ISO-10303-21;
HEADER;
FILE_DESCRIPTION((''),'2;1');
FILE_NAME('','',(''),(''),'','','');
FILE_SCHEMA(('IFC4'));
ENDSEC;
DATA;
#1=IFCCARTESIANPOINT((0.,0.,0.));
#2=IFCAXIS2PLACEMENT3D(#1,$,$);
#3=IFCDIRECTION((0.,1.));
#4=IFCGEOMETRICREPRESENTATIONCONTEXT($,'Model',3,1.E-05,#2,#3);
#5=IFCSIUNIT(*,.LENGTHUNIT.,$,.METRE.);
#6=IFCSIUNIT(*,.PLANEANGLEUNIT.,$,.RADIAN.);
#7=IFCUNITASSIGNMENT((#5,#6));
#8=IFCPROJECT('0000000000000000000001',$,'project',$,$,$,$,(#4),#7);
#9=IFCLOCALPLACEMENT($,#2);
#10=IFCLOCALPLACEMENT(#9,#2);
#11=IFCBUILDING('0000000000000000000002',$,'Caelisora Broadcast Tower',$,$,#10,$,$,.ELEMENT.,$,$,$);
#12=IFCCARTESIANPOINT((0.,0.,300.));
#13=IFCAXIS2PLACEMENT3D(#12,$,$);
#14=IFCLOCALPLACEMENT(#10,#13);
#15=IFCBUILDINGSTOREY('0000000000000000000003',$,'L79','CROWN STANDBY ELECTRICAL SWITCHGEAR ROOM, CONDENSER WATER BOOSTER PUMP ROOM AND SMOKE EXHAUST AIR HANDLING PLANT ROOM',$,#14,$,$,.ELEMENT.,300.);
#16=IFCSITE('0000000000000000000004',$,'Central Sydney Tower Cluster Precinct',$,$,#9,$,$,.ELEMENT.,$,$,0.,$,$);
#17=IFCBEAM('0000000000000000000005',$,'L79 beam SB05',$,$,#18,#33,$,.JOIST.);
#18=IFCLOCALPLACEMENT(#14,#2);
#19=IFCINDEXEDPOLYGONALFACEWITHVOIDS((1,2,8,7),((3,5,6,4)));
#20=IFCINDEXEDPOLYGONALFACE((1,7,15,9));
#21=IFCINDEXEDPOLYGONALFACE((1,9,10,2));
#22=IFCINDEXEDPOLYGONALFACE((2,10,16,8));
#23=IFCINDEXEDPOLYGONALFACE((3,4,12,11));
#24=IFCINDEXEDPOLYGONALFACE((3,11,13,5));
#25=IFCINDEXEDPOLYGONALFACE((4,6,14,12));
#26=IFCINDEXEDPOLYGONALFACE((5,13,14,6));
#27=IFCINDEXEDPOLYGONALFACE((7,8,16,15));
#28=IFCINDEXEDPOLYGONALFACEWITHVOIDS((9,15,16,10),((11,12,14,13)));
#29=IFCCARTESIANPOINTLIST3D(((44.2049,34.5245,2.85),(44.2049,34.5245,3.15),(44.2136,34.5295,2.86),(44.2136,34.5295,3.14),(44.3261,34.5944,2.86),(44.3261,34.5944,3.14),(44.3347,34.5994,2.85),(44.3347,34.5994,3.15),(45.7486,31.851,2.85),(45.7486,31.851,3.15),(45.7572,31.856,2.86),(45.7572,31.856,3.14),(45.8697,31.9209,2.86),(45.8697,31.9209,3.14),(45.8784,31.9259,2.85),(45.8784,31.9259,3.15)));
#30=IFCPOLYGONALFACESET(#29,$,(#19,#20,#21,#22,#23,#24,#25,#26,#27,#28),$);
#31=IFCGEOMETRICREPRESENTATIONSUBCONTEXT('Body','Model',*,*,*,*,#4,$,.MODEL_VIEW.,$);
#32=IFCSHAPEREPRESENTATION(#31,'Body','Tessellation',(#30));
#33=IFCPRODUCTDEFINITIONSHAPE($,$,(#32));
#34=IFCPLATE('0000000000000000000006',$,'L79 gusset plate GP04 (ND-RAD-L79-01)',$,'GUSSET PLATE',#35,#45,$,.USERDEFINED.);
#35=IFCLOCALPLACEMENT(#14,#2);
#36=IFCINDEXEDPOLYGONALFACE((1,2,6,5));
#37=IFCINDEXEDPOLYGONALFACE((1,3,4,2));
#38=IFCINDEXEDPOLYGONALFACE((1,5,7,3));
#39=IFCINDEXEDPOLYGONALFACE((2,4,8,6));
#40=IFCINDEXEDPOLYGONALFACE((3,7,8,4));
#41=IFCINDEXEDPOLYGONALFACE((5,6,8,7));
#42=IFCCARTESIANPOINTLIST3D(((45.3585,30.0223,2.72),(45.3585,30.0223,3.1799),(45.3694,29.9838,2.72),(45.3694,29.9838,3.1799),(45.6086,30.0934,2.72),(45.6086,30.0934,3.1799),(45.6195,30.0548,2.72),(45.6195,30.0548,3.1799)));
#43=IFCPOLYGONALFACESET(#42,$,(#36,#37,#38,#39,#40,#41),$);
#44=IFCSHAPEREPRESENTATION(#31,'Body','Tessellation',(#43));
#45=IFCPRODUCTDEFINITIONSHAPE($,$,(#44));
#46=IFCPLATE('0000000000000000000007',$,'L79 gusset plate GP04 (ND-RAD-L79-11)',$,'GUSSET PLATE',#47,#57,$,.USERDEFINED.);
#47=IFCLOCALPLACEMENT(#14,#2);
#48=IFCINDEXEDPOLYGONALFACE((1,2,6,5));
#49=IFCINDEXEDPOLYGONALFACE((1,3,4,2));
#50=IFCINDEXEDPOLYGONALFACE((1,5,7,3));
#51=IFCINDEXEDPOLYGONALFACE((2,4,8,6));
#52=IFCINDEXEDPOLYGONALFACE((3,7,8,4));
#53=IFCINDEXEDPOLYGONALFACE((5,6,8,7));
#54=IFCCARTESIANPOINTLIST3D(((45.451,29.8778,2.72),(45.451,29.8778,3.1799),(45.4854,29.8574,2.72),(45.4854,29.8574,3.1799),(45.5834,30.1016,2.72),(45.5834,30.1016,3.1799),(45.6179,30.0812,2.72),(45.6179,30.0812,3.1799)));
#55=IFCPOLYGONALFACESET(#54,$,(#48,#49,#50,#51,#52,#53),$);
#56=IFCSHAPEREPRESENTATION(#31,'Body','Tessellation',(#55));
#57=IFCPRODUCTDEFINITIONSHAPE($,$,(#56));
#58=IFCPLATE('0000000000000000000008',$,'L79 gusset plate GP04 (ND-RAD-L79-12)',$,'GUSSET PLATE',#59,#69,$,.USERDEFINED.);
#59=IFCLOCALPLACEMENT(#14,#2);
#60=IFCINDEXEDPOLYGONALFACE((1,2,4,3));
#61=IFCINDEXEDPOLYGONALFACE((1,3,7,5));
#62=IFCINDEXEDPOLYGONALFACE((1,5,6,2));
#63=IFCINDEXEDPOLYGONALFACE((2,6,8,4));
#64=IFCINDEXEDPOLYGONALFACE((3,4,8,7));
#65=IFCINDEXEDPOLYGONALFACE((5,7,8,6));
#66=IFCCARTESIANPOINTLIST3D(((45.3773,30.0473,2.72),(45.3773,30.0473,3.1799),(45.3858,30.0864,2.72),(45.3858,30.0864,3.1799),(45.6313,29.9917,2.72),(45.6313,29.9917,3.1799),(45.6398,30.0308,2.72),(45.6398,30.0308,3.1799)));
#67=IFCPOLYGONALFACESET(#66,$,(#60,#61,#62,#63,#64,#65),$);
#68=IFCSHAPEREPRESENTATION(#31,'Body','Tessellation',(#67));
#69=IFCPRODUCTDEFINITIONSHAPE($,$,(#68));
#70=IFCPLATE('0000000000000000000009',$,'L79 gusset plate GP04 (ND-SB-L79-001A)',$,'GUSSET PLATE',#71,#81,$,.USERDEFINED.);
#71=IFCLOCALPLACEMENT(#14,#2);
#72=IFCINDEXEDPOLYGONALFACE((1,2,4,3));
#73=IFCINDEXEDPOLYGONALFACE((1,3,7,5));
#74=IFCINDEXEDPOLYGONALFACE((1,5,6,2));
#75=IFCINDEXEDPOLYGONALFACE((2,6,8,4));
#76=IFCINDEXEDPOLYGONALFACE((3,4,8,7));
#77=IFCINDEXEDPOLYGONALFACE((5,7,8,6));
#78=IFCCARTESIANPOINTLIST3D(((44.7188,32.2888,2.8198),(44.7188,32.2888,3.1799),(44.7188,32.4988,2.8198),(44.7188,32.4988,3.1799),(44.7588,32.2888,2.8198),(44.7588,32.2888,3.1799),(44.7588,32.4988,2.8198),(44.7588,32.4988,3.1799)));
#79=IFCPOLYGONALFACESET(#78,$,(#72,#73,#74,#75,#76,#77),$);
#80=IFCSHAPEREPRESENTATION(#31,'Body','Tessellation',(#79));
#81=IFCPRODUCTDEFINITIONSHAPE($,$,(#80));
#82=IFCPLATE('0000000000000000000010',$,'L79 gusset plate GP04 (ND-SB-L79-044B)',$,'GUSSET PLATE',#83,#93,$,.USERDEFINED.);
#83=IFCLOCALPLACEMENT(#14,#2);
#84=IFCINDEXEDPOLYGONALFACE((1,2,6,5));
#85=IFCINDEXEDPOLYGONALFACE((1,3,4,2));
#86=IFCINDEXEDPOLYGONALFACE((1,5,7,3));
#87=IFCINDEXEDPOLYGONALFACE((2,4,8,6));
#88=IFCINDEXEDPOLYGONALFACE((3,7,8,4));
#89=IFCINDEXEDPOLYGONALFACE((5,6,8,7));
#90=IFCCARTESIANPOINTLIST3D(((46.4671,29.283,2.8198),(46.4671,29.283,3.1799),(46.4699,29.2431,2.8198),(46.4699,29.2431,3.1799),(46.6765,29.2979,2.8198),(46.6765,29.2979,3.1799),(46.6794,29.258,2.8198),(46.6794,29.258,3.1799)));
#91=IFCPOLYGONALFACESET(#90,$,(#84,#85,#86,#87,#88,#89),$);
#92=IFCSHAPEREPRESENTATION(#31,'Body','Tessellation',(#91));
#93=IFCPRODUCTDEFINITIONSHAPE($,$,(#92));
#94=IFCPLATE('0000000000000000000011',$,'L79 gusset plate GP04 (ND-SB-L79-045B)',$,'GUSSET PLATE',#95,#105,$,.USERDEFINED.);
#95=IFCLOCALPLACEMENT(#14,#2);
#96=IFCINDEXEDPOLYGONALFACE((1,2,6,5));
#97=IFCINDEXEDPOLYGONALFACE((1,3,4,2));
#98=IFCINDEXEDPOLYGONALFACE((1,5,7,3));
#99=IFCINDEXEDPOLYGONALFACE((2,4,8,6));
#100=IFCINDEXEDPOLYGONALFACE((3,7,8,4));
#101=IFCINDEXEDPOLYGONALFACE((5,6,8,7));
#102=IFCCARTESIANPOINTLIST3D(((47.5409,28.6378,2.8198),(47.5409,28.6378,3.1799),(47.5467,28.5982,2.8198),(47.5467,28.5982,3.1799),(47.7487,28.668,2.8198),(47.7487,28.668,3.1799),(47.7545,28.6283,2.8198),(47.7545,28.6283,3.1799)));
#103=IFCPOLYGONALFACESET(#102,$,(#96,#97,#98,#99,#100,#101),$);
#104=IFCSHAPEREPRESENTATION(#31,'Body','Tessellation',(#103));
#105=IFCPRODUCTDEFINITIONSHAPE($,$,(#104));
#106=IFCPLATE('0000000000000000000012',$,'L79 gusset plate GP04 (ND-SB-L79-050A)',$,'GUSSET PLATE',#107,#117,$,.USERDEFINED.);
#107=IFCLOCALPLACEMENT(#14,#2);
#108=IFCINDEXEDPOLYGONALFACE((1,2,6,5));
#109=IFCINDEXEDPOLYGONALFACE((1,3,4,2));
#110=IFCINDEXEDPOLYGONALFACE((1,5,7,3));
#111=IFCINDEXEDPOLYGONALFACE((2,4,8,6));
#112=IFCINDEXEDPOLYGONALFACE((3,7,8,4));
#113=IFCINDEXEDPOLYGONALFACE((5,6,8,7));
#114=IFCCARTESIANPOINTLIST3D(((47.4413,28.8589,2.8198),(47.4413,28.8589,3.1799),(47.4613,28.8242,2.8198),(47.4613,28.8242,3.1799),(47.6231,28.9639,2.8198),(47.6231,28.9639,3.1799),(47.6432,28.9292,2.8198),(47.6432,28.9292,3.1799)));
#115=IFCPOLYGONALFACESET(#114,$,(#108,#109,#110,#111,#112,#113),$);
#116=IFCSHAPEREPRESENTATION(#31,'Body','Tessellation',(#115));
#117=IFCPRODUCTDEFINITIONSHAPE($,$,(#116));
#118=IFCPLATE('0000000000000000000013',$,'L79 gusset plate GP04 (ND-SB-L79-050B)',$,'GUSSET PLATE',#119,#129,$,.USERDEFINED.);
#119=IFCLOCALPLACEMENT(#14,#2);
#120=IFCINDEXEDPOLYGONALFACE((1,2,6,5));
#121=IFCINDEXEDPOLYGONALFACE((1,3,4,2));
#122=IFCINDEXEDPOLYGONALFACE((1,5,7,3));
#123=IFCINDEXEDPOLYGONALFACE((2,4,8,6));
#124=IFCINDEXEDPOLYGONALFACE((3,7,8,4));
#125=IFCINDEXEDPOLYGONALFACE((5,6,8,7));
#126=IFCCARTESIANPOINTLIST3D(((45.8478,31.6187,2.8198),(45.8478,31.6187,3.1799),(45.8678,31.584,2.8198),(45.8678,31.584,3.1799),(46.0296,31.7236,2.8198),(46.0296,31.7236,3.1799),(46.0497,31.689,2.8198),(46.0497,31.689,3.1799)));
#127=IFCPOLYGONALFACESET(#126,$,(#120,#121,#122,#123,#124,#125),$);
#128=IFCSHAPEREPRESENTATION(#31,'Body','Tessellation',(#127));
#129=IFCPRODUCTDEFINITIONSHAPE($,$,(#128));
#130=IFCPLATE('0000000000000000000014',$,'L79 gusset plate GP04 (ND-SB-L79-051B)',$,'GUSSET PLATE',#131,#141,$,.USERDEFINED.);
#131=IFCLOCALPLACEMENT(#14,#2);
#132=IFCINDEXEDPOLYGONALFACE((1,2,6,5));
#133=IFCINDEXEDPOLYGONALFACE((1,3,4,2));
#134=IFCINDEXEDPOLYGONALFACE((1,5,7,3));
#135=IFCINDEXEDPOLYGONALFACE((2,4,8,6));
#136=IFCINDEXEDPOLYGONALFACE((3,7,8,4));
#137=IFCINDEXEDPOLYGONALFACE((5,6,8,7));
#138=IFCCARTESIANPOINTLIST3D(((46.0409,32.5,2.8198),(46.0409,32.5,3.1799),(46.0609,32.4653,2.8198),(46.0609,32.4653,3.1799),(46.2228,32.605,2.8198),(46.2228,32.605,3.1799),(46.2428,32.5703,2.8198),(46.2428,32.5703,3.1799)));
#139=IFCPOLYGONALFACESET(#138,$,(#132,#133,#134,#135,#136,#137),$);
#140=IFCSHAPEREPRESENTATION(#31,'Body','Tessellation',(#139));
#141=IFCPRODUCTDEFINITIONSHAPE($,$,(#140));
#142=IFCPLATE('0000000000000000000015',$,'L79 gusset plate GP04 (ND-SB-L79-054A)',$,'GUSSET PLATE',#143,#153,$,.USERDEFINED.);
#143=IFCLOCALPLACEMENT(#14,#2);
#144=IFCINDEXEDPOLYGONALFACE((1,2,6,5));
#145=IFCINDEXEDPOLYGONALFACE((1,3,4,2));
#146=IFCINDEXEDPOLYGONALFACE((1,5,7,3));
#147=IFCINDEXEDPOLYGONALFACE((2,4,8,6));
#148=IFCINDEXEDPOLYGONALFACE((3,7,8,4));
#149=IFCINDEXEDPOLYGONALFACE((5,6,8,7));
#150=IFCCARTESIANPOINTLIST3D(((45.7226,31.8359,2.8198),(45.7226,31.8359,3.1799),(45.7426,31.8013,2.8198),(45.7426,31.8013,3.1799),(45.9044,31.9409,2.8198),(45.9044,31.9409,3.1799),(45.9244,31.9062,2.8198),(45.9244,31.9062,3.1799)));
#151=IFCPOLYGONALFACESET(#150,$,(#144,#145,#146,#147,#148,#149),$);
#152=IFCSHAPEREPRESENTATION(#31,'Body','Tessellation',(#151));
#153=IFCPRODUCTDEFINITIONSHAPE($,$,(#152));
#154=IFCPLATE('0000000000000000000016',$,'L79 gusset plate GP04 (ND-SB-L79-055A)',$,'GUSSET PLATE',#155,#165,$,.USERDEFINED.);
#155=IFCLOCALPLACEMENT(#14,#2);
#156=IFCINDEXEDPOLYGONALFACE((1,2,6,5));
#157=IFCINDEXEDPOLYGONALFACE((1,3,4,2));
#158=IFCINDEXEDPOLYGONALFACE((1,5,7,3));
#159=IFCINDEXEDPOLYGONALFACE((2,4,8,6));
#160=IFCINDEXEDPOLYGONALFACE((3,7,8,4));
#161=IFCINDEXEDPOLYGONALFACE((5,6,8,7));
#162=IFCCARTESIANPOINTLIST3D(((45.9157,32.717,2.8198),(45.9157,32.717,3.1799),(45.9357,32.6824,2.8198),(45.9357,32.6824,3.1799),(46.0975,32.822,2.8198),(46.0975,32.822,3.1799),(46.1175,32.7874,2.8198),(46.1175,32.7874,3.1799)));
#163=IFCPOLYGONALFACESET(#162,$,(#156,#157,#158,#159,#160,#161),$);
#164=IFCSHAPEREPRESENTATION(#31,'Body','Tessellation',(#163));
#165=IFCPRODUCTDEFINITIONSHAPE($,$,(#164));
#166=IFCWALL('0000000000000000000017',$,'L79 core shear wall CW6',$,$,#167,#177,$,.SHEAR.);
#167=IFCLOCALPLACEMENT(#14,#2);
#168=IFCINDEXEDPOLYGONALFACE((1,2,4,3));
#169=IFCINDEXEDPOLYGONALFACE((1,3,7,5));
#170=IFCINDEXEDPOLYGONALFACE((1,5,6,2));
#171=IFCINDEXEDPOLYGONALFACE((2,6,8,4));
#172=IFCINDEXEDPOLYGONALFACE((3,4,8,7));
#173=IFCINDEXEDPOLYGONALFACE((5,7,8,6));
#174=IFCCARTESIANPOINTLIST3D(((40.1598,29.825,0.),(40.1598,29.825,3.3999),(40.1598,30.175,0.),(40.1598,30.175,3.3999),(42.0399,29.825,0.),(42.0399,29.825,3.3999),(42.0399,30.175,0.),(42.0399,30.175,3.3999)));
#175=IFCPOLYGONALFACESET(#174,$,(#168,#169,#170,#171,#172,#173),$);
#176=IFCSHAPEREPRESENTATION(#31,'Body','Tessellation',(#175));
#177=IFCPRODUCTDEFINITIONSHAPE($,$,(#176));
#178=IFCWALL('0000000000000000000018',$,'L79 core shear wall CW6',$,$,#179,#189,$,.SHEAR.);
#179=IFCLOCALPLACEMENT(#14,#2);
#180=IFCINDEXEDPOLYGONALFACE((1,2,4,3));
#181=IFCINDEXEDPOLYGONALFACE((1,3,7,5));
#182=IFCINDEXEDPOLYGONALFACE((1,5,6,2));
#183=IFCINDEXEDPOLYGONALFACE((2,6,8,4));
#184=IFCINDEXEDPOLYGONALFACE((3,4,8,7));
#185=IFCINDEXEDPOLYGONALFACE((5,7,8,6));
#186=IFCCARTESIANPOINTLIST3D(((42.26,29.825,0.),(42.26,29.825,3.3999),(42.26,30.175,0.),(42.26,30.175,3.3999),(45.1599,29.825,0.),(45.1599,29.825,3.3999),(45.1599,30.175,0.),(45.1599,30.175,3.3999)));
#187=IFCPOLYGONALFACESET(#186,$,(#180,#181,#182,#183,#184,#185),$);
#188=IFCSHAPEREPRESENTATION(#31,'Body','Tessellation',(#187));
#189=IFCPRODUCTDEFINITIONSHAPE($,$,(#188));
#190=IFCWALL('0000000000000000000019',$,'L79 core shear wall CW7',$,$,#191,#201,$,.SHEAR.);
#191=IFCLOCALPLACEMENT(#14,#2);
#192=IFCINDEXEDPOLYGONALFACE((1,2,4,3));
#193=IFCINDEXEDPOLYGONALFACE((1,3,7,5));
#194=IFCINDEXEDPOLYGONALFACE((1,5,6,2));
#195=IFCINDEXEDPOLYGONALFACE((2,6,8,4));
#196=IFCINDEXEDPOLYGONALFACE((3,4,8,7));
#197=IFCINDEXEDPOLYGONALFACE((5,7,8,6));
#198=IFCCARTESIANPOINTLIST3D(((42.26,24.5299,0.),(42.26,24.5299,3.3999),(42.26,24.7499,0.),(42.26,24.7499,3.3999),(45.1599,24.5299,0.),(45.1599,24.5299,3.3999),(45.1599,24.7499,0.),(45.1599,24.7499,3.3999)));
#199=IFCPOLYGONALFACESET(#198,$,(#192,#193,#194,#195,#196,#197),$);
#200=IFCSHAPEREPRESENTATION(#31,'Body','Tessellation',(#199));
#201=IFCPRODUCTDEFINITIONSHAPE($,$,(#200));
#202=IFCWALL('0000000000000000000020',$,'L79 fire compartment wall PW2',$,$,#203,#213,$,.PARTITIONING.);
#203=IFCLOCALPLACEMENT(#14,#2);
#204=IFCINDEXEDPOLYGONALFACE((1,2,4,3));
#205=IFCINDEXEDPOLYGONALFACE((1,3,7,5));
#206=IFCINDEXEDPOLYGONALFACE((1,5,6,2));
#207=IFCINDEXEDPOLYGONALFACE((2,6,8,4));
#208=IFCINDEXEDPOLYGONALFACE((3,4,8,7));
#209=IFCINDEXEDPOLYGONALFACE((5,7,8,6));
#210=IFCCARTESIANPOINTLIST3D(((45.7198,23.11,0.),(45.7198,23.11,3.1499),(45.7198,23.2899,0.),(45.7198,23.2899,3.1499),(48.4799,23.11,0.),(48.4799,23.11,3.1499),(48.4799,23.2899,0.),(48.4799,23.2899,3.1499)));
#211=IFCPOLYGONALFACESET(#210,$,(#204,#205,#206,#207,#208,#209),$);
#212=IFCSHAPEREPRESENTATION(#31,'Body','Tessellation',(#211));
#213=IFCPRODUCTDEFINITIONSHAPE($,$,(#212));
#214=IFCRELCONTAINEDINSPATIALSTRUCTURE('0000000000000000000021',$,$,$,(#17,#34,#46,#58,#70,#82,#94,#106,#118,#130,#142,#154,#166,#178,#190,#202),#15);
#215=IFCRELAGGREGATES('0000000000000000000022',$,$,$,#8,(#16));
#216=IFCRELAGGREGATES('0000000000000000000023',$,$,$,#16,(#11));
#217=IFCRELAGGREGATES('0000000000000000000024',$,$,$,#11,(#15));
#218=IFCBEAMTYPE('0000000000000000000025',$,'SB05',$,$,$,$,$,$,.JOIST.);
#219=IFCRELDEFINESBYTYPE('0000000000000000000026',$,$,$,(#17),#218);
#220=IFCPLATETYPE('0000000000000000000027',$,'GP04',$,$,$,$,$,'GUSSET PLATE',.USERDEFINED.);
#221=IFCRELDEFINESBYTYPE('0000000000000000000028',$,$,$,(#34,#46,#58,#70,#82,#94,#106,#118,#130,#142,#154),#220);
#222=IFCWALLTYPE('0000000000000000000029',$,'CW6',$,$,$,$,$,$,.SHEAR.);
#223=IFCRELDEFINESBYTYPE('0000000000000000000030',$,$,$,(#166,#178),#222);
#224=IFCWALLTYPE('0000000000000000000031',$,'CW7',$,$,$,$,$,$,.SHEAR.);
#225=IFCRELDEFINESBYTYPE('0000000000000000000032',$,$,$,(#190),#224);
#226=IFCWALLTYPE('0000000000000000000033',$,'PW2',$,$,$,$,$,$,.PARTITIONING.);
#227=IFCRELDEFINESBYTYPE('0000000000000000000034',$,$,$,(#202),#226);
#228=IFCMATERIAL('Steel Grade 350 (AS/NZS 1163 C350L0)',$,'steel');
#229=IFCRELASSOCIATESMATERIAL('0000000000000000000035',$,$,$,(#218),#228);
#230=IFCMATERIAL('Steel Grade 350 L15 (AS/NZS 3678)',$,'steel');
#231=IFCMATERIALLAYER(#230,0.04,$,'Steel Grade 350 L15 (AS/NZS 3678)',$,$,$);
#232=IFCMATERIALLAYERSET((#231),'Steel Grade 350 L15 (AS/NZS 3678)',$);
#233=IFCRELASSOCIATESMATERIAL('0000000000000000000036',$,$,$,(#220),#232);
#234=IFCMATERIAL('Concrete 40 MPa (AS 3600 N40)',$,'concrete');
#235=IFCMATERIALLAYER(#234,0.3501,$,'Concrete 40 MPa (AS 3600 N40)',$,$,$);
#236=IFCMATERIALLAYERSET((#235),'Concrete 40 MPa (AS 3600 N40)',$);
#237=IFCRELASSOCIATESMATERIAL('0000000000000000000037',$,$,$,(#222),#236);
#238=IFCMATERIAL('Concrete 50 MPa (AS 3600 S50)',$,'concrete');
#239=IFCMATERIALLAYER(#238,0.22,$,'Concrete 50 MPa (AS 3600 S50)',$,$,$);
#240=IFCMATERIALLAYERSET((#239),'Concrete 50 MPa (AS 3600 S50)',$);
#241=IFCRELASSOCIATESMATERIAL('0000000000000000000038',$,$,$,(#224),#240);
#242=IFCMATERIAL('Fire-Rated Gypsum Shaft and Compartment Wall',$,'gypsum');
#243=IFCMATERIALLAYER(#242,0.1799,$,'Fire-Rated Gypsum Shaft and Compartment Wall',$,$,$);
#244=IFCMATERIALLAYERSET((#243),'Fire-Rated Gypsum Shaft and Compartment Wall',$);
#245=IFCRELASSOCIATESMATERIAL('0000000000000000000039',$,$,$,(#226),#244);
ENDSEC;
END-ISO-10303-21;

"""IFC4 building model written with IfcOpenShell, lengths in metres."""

from ifc_helpers import new_model, si_unit, direction, frame, frame_2d, origin, origin_2d, place, context, subcontext, project, spatial, rectangle, hollow_rectangle, extrude, source, transform, mapped, material, layer, layer_set, material_profile, profile_set, type_object, type_shapes, element, save


model = new_model("IFC4")

# Units and contexts
model_context = context("Model", 3, precision=1e-05, world=origin(), true_north=direction((0.0, 1.0)))
body_context = subcontext(model_context, "Body", "Model", "MODEL_VIEW")
ifc_project = project(units=[si_unit("LENGTHUNIT", "METRE"), si_unit("PLANEANGLEUNIT", "RADIAN")], contexts=[model_context])

# Site, building, storey
site_placement = place(None, origin())
site = spatial("IfcSite", under=ifc_project, at=site_placement, Name="Central Sydney Tower Cluster Precinct", CompositionType="ELEMENT", RefElevation=0.0)
building_placement = place(site_placement, origin())
building = spatial("IfcBuilding", under=site, at=building_placement, Name="Caelisora Broadcast Tower", CompositionType="ELEMENT")
storey_placement = place(building_placement, frame((0.0, 0.0, 300.0)))
storey = spatial("IfcBuildingStorey", under=building, at=storey_placement, Name="L79", Description="CROWN STANDBY ELECTRICAL SWITCHGEAR ROOM, CONDENSER WATER BOOSTER PUMP ROOM AND SMOKE EXHAUST AIR HANDLING PLANT ROOM", CompositionType="ELEMENT", Elevation=300.0)

# Shared definitions
ifc_material_1 = material(Name="Steel Grade 350 (AS/NZS 1163 C350L0)", Category="steel")

# Beam
ifc_material_profile_1 = material_profile(ifc_material_1, hollow_rectangle(XDim=0.1499, YDim=0.3, WallThickness=0.01, at=origin_2d()), Name="Steel Grade 350 (AS/NZS 1163 C350L0)")
ifc_profile_set_1 = profile_set([ifc_material_profile_1], Name="Steel Grade 350 (AS/NZS 1163 C350L0)")
beam_type_1 = type_object("IfcBeamType", Name="SB05", PredefinedType="JOIST", material=ifc_profile_set_1)
ifc_material_2 = material(Name="Concrete 50 MPa (AS 3600 S50)", Category="concrete")
shared_shape_1 = source(origin(), body_context, "Body", "SweptSolid", [
    extrude(hollow_rectangle(XDim=0.1499, YDim=0.3, WallThickness=0.01, at=origin_2d()), origin(), (0.0, 0.0, 1.0), 3.0872),
])
beam_1_placement = place(storey_placement, frame((45.8135, 31.8884, 3.0), z_axis=(-0.500026, 0.86601, 0.0), x_axis=(-0.86601, -0.500026, 0.0)))
element("IfcBeam", 1, at=beam_1_placement, inside=storey, type_object=beam_type_1, Name="L79 beam SB05", PredefinedType="JOIST", context=body_context, shape_type="MappedRepresentation", body=[
    mapped(shared_shape_1, transform((0.0, 0.0, 0.0), scale=1.0)),
])

# Plates
ifc_material_3 = material(Name="Steel Grade 350 L15 (AS/NZS 3678)", Category="steel")
ifc_layer_1 = layer(ifc_material_3, 0.04, Name="Steel Grade 350 L15 (AS/NZS 3678)")
ifc_layer_set_1 = layer_set([ifc_layer_1], Name="Steel Grade 350 L15 (AS/NZS 3678)")
plate_type = type_object("IfcPlateType", Name="GP04", ElementType="GUSSET PLATE", PredefinedType="USERDEFINED", material=ifc_layer_set_1)
shared_shape_2 = source(origin(), body_context, "Body", "SweptSolid", [
    extrude(rectangle(XDim=0.26, YDim=0.04, at=origin_2d()), origin(), (0.0, 0.0, 1.0), 0.46),
])
for number, where, z_axis, x_axis, name in (
    (2, (45.489, 30.0386, 2.72), (0.0, 0.0, 1.0), (-0.961932, -0.273288, 0.0), "L79 gusset plate GP04 (ND-RAD-L79-01)"),
    (3, (45.5344, 29.9795, 2.72), (0.0, 0.0, 1.0), (0.509492, 0.860475, 0.0), "L79 gusset plate GP04 (ND-RAD-L79-11)"),
    (4, (45.5085, 30.0391, 2.72), (0.0, 0.0, 1.0), (-0.976822, 0.214053, 0.0), "L79 gusset plate GP04 (ND-RAD-L79-12)"),
):
    element("IfcPlate", number, at=place(storey_placement, frame(where, z_axis=z_axis, x_axis=x_axis)), inside=storey, type_object=plate_type, Name=name, ObjectType="GUSSET PLATE", PredefinedType="USERDEFINED", context=body_context, shape_type="MappedRepresentation", body=[
        mapped(shared_shape_2, transform((0.0, 0.0, 0.0), scale=1.0)),
    ])
shared_shape_3 = source(origin(), body_context, "Body", "SweptSolid", [
    extrude(rectangle(XDim=0.21, YDim=0.04, at=origin_2d()), origin(), (0.0, 0.0, 1.0), 0.3601),
])
type_shapes(plate_type, [shared_shape_2, shared_shape_3])
for number, where, z_axis, x_axis, name in (
    (5, (44.7388, 32.3938, 2.8198), (0.0, 0.0, 1.0), (0.0, -1.0, 0.0), "L79 gusset plate GP04 (ND-SB-L79-001A)"),
    (6, (46.5732, 29.2705, 2.8198), (0.0, 0.0, 1.0), (-0.99749, -0.070801, 0.0), "L79 gusset plate GP04 (ND-SB-L79-044B)"),
    (7, (47.6477, 28.6331, 2.8198), (0.0, 0.0, 1.0), (-0.989626, -0.143665, 0.0), "L79 gusset plate GP04 (ND-SB-L79-045B)"),
    (8, (47.5422, 28.894, 2.8198), (0.0, 0.0, 1.0), (-0.866025, -0.5, 0.0), "L79 gusset plate GP04 (ND-SB-L79-050A)"),
    (9, (45.9487, 31.6538, 2.8198), (0.0, 0.0, 1.0), (-0.866025, -0.5, 0.0), "L79 gusset plate GP04 (ND-SB-L79-050B)"),
    (10, (46.1418, 32.5352, 2.8198), (0.0, 0.0, 1.0), (-0.866025, -0.5, 0.0), "L79 gusset plate GP04 (ND-SB-L79-051B)"),
    (11, (45.8235, 31.8711, 2.8198), (0.0, 0.0, 1.0), (-0.866025, -0.5, 0.0), "L79 gusset plate GP04 (ND-SB-L79-054A)"),
    (12, (46.0166, 32.7522, 2.8198), (0.0, 0.0, 1.0), (-0.866025, -0.5, 0.0), "L79 gusset plate GP04 (ND-SB-L79-055A)"),
):
    element("IfcPlate", number, at=place(storey_placement, frame(where, z_axis=z_axis, x_axis=x_axis)), inside=storey, type_object=plate_type, Name=name, ObjectType="GUSSET PLATE", PredefinedType="USERDEFINED", context=body_context, shape_type="MappedRepresentation", body=[
        mapped(shared_shape_3, transform((0.0, 0.0, 0.0), scale=1.0)),
    ])

# Walls
ifc_material_4 = material(Name="Concrete 40 MPa (AS 3600 N40)", Category="concrete")
ifc_layer_2 = layer(ifc_material_4, 0.3501, Name="Concrete 40 MPa (AS 3600 N40)")
ifc_layer_set_2 = layer_set([ifc_layer_2], Name="Concrete 40 MPa (AS 3600 N40)")
wall_type_1 = type_object("IfcWallType", Name="CW6", PredefinedType="SHEAR", material=ifc_layer_set_2)
wall_1_placement = place(storey_placement, frame((40.1599, 30.0, 0.0), z_axis=(0.0, 0.0, 1.0), x_axis=(1.0, 0.0, 0.0)))
element("IfcWall", 13, at=wall_1_placement, inside=storey, type_object=wall_type_1, Name="L79 core shear wall CW6", PredefinedType="SHEAR", context=body_context, shape_type="SweptSolid", body=[
    extrude(rectangle(XDim=1.8801, YDim=0.3501, at=frame_2d((0.9399, 0.0))), origin(), (0.0, 0.0, 1.0), 3.3999),
])
wall_2_placement = place(storey_placement, frame((42.26, 30.0, 0.0), z_axis=(0.0, 0.0, 1.0), x_axis=(1.0, 0.0, 0.0)))
element("IfcWall", 14, at=wall_2_placement, inside=storey, type_object=wall_type_1, Name="L79 core shear wall CW6", PredefinedType="SHEAR", context=body_context, shape_type="SweptSolid", body=[
    extrude(rectangle(XDim=2.8999, YDim=0.3501, at=frame_2d((1.45, 0.0))), origin(), (0.0, 0.0, 1.0), 3.3999),
])
ifc_layer_3 = layer(ifc_material_2, 0.22, Name="Concrete 50 MPa (AS 3600 S50)")
ifc_layer_set_3 = layer_set([ifc_layer_3], Name="Concrete 50 MPa (AS 3600 S50)")
wall_type_2 = type_object("IfcWallType", Name="CW7", PredefinedType="SHEAR", material=ifc_layer_set_3)
wall_3_placement = place(storey_placement, frame((42.26, 24.6399, 0.0), z_axis=(0.0, 0.0, 1.0), x_axis=(1.0, 0.0, 0.0)))
element("IfcWall", 15, at=wall_3_placement, inside=storey, type_object=wall_type_2, Name="L79 core shear wall CW7", PredefinedType="SHEAR", context=body_context, shape_type="SweptSolid", body=[
    extrude(rectangle(XDim=2.8999, YDim=0.22, at=frame_2d((1.45, 0.0))), origin(), (0.0, 0.0, 1.0), 3.3999),
])
ifc_material_5 = material(Name="Fire-Rated Gypsum Shaft and Compartment Wall", Category="gypsum")
ifc_layer_4 = layer(ifc_material_5, 0.1799, Name="Fire-Rated Gypsum Shaft and Compartment Wall")
ifc_layer_set_4 = layer_set([ifc_layer_4], Name="Fire-Rated Gypsum Shaft and Compartment Wall")
wall_type_3 = type_object("IfcWallType", Name="PW2", PredefinedType="PARTITIONING", material=ifc_layer_set_4)
for number, where, z_axis, x_axis, name in (
    (16, (45.72, 23.2, 0.0), (0.0, 0.0, 1.0), (1.0, 0.0, 0.0), "L79 fire compartment wall PW2"),
):
    element("IfcWall", number, at=place(storey_placement, frame(where, z_axis=z_axis, x_axis=x_axis)), inside=storey, type_object=wall_type_3, Name=name, PredefinedType="PARTITIONING", context=body_context, shape_type="SweptSolid", body=[
        extrude(rectangle(XDim=2.76, YDim=0.1799, at=frame_2d((1.3799, 0.0))), origin(), (0.0, 0.0, 1.0), 3.1499),
    ])

save(model, "model.ifc")
